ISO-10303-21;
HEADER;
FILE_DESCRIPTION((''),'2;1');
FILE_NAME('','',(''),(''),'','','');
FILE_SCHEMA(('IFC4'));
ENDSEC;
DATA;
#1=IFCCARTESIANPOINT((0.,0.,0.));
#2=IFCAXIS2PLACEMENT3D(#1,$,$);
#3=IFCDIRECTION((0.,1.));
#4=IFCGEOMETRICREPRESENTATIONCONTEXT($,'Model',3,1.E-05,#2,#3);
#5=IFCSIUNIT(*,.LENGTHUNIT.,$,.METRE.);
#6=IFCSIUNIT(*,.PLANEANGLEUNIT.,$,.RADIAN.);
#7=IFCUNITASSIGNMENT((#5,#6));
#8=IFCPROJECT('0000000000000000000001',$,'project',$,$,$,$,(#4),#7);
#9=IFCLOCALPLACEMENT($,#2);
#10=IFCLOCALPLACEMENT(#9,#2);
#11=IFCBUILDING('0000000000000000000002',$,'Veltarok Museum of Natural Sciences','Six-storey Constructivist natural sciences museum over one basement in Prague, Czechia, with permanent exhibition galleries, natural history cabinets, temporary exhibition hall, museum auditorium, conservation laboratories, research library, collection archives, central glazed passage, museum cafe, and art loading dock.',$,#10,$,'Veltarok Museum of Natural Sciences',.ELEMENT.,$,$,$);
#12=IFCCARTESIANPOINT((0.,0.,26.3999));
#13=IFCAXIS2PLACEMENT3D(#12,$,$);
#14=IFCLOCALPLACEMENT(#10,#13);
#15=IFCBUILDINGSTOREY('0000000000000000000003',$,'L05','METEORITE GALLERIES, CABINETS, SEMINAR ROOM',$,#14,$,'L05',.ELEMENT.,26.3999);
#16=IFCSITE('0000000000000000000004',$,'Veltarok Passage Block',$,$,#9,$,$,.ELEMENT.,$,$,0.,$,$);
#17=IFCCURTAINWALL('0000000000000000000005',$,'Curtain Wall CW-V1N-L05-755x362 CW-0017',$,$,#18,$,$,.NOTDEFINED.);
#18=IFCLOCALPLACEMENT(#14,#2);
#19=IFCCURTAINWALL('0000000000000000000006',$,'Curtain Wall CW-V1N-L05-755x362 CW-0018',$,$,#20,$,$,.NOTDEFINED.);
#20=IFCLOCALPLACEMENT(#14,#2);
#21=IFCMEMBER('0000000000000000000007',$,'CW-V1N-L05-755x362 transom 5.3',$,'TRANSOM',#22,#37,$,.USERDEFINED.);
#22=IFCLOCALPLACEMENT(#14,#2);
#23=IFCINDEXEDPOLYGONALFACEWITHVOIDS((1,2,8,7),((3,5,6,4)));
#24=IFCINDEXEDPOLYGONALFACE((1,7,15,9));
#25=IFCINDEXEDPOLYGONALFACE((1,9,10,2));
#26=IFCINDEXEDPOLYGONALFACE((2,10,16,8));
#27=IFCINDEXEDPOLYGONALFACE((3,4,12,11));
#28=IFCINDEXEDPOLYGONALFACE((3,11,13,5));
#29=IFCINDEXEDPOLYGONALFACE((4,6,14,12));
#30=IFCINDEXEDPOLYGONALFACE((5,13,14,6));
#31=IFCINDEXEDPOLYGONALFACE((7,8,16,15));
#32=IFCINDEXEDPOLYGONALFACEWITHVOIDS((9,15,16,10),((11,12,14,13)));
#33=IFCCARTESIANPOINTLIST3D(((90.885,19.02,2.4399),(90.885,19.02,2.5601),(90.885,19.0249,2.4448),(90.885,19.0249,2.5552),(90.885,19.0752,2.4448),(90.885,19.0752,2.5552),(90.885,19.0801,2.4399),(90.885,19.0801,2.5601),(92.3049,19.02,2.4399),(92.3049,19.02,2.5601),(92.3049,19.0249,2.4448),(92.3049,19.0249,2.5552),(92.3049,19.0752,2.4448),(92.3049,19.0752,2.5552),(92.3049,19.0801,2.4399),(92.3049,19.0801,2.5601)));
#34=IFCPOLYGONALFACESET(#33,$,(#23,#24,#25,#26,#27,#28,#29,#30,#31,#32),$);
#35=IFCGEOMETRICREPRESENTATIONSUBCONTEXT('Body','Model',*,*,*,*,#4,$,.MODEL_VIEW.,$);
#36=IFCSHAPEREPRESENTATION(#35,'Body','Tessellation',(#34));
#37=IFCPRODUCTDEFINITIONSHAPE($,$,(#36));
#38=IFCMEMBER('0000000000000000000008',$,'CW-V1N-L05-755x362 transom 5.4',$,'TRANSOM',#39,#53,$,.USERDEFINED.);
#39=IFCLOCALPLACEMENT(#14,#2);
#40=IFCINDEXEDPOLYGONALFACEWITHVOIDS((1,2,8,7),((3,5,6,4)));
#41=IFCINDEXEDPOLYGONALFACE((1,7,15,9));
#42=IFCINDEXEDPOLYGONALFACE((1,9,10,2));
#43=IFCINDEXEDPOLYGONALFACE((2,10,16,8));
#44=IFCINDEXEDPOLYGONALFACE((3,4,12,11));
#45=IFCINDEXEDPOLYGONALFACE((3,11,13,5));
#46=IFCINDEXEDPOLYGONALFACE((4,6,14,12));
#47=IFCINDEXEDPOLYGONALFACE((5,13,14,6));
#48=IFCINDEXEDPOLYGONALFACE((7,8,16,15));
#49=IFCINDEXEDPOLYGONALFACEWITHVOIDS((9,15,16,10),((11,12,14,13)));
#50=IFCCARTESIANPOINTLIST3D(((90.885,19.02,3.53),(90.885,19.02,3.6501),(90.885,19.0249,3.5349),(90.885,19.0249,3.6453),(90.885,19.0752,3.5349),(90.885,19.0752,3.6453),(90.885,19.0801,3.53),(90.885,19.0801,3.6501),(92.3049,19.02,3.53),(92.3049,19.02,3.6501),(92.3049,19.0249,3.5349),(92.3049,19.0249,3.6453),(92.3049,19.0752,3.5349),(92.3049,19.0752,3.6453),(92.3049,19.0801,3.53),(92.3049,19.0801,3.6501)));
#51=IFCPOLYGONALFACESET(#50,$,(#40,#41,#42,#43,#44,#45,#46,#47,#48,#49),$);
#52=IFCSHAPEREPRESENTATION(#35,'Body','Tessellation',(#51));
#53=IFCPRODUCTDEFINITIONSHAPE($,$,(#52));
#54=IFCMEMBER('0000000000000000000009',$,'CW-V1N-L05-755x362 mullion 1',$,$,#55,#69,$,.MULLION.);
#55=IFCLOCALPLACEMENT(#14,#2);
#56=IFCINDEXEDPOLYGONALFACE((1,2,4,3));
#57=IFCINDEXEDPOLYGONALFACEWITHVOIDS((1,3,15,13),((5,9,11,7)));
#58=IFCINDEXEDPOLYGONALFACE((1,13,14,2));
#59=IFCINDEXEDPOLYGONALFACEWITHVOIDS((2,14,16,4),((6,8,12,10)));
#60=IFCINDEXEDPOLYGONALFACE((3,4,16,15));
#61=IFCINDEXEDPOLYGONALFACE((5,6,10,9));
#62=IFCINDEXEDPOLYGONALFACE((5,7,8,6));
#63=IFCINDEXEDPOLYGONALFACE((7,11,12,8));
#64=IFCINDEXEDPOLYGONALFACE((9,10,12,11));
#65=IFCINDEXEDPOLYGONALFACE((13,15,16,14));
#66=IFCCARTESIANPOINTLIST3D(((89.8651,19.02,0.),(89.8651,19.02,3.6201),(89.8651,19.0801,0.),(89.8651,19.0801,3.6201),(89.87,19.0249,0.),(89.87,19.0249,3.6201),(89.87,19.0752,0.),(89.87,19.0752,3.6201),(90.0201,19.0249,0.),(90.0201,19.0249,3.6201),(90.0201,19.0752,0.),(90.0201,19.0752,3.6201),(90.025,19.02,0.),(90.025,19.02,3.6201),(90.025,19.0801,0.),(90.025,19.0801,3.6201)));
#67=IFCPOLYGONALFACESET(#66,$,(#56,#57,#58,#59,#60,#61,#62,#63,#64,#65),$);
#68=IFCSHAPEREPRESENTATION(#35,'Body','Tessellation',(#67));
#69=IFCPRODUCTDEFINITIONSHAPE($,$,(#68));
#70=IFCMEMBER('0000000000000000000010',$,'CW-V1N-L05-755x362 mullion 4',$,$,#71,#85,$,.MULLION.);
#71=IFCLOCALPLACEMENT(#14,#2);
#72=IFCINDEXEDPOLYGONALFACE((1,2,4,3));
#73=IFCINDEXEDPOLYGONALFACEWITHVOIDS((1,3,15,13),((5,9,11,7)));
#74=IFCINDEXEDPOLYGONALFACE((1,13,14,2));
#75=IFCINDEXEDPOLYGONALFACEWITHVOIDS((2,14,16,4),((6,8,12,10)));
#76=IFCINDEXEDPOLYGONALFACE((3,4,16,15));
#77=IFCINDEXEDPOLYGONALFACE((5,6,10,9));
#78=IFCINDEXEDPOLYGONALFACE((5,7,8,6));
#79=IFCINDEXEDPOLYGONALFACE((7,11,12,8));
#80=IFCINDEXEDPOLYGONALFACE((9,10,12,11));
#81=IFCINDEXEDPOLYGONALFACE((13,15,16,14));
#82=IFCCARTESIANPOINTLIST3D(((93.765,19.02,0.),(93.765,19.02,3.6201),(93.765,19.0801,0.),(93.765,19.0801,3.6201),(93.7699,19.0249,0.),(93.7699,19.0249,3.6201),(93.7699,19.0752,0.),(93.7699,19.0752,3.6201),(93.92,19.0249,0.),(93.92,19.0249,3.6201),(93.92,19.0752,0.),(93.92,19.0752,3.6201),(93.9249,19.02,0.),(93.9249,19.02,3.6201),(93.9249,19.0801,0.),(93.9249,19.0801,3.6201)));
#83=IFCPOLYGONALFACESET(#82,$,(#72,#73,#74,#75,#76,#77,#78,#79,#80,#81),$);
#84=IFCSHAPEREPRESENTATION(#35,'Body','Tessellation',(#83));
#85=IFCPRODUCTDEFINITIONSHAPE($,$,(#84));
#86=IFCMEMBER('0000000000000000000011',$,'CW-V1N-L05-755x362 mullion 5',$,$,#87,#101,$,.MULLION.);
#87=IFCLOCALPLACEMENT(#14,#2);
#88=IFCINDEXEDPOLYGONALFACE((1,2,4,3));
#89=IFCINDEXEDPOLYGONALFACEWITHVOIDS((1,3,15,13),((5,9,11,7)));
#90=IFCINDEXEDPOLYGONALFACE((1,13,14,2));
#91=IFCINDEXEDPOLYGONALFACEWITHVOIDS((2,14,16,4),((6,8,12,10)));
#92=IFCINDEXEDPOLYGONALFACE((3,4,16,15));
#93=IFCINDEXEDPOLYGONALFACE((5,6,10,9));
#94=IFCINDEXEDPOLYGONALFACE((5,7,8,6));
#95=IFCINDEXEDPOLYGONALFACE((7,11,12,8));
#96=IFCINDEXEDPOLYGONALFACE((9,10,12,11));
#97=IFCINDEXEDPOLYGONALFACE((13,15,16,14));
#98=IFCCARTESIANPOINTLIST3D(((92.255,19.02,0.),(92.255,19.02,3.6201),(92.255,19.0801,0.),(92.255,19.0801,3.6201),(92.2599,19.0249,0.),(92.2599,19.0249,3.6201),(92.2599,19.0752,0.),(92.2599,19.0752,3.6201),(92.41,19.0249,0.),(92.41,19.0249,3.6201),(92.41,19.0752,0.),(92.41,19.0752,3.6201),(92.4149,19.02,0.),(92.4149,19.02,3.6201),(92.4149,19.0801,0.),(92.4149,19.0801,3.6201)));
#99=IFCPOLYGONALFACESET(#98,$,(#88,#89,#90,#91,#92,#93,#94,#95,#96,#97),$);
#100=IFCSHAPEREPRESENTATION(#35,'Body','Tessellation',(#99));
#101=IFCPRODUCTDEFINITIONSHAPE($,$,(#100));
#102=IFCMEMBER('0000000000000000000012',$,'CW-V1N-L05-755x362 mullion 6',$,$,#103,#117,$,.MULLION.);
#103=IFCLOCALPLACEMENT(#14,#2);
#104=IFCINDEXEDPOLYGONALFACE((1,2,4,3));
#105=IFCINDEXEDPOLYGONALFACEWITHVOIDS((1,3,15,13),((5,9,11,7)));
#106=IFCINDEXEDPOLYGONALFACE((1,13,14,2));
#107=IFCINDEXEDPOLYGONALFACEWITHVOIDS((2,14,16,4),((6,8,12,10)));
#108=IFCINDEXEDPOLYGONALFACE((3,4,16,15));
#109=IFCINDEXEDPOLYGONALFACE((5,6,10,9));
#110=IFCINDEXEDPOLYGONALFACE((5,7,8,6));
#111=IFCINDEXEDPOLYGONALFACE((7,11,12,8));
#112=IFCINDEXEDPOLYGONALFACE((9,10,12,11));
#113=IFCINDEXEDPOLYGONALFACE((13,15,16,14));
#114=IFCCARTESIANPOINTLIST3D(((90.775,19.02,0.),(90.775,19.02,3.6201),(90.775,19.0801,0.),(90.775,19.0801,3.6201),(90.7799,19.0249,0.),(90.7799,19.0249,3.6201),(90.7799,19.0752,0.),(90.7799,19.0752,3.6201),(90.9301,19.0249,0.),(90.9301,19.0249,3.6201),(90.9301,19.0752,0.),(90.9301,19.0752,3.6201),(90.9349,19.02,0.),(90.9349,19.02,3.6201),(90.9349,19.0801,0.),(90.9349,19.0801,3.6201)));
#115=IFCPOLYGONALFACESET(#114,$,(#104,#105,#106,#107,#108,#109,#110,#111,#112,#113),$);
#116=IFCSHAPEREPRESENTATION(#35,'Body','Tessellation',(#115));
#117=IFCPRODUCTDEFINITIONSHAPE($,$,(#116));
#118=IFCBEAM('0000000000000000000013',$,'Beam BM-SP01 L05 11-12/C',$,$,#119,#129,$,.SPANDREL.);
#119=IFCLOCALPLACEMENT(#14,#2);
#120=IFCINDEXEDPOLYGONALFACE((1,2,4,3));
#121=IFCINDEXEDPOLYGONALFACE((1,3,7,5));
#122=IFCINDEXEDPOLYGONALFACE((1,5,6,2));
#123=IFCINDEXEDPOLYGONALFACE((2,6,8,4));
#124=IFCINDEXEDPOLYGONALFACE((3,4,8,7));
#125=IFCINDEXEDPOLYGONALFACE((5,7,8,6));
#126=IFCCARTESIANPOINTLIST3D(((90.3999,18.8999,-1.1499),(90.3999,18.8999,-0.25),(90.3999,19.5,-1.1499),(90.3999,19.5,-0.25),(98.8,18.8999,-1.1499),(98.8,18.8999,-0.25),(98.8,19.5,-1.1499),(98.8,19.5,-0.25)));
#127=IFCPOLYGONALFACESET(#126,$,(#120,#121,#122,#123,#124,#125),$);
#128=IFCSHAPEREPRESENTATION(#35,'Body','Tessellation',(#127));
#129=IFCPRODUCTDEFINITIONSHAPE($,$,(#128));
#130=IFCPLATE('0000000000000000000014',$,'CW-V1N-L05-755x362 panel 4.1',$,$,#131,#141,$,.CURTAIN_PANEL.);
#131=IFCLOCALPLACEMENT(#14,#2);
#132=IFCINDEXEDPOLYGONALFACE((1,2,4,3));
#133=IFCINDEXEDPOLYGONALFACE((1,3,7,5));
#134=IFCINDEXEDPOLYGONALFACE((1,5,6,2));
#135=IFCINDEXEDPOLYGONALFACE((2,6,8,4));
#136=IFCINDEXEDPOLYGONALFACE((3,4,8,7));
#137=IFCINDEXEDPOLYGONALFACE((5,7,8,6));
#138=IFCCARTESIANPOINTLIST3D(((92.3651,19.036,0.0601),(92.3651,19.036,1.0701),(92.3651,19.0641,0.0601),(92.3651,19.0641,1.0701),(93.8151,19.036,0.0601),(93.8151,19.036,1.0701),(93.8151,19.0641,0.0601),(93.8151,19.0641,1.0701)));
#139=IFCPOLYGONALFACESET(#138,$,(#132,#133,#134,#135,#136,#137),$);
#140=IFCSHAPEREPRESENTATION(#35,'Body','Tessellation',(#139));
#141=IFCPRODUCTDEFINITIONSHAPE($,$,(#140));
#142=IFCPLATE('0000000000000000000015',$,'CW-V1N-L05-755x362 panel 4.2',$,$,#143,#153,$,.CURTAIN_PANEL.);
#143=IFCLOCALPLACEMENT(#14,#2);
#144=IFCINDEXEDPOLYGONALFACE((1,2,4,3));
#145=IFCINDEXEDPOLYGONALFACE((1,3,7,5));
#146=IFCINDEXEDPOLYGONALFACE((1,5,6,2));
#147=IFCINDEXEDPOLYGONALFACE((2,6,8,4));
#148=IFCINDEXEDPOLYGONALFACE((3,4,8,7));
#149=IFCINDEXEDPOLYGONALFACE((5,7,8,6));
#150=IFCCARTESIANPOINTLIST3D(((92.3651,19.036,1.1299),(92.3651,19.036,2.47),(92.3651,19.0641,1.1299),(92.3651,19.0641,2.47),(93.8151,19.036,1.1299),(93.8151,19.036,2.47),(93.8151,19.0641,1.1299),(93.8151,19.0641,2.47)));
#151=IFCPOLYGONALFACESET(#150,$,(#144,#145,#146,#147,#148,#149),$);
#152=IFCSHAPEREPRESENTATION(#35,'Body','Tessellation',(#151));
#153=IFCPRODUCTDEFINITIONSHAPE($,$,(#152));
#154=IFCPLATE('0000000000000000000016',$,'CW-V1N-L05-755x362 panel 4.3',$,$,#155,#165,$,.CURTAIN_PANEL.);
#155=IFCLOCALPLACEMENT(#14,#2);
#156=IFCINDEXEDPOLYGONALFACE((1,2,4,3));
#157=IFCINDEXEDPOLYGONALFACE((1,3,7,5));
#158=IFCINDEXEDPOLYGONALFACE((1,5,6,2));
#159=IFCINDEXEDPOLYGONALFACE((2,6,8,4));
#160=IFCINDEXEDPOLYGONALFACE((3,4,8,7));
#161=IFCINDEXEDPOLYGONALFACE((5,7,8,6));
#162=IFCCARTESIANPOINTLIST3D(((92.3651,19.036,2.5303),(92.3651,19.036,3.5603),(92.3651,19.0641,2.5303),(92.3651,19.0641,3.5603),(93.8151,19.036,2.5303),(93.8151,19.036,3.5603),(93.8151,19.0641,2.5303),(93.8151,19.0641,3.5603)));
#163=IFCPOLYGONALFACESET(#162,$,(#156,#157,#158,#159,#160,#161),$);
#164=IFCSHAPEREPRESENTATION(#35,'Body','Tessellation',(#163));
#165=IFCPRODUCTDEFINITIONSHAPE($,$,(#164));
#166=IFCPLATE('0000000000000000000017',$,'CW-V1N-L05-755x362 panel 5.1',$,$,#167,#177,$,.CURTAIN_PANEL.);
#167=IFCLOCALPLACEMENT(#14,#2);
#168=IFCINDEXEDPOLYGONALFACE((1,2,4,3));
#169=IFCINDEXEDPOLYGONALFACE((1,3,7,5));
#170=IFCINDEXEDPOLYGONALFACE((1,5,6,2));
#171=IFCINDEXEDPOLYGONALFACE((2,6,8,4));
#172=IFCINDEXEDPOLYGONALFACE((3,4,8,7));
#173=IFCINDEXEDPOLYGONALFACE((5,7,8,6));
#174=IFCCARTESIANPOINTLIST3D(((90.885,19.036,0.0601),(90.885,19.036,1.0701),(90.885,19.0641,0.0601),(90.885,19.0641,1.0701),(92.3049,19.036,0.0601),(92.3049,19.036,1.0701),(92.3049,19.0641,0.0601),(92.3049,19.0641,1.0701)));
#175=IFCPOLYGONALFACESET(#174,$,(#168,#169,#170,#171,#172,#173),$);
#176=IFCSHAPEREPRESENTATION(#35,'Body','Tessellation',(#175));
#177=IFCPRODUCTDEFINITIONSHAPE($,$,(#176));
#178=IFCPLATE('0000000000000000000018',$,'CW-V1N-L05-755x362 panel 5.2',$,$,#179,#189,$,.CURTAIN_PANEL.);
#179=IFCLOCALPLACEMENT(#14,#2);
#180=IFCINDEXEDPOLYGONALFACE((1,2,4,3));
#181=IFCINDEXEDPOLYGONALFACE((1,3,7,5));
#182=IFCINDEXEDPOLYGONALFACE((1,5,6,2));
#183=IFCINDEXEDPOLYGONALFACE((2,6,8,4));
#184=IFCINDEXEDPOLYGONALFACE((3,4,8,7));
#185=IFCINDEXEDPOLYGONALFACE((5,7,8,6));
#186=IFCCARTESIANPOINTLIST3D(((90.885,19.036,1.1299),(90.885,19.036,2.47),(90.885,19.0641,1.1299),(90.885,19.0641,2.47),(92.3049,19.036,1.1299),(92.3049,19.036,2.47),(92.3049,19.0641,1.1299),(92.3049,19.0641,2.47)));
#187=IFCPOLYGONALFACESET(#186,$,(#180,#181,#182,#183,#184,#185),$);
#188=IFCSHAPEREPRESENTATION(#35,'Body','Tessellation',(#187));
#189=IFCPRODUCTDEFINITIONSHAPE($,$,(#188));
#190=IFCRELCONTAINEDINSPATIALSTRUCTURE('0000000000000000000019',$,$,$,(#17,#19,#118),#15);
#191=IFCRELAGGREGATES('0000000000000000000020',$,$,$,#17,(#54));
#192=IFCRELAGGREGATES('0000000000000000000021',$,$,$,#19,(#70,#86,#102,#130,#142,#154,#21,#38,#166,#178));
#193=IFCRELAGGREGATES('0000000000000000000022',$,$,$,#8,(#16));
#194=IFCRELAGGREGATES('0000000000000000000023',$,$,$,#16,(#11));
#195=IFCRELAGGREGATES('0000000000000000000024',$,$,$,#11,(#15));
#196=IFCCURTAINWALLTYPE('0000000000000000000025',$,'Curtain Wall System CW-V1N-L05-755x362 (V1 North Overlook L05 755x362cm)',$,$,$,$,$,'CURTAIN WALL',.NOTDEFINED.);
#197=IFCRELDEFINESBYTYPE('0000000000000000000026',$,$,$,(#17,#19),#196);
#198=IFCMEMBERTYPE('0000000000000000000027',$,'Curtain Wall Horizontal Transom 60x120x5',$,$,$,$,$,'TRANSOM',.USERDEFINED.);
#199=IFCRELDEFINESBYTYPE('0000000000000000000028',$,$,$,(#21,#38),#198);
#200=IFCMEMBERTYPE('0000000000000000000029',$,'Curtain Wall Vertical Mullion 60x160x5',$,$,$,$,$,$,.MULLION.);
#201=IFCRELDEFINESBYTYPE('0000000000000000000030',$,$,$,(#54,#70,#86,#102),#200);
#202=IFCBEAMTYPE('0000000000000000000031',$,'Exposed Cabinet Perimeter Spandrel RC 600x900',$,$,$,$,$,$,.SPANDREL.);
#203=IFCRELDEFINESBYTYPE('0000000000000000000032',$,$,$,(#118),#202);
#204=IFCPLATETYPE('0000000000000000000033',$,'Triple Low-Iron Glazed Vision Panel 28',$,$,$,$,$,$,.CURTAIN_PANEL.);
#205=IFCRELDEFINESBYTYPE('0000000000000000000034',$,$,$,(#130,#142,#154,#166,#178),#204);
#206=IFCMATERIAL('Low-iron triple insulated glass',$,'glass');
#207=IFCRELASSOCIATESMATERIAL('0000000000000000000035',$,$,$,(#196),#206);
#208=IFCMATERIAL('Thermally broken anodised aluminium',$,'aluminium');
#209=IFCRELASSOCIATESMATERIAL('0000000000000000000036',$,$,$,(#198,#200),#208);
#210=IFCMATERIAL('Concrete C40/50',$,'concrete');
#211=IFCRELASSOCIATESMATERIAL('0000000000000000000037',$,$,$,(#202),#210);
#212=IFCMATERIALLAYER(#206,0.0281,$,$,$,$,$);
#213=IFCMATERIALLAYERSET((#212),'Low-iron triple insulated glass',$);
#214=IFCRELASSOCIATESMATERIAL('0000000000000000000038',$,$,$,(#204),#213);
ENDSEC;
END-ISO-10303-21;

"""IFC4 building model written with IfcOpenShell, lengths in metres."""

from ifc_helpers import new_model, si_unit, direction, frame, origin, origin_2d, place, context, subcontext, project, spatial, rectangle, hollow_rectangle, extrude, material, layer, layer_set, material_profile, profile_set, type_object, element, aggregate, save


model = new_model("IFC4")

# Units and contexts
model_context = context("Model", 3, precision=1e-05, world=origin(), true_north=direction((0.0, 1.0)))
body_context = subcontext(model_context, "Body", "Model", "MODEL_VIEW")
ifc_project = project(units=[si_unit("LENGTHUNIT", "METRE"), si_unit("PLANEANGLEUNIT", "RADIAN")], contexts=[model_context])

# Site, building, storey
site_placement = place(None, origin())
site = spatial("IfcSite", under=ifc_project, at=site_placement, Name="Veltarok Passage Block", CompositionType="ELEMENT", RefElevation=0.0)
building_placement = place(site_placement, origin())
building = spatial("IfcBuilding", under=site, at=building_placement, Name="Veltarok Museum of Natural Sciences", Description="Six-storey Constructivist natural sciences museum over one basement in Prague, Czechia, with permanent exhibition galleries, natural history cabinets, temporary exhibition hall, museum auditorium, conservation laboratories, research library, collection archives, central glazed passage, museum cafe, and art loading dock.", LongName="Veltarok Museum of Natural Sciences", CompositionType="ELEMENT")
storey_placement = place(building_placement, frame((0.0, 0.0, 26.3999)))
storey = spatial("IfcBuildingStorey", under=building, at=storey_placement, Name="L05", Description="METEORITE GALLERIES, CABINETS, SEMINAR ROOM", LongName="L05", CompositionType="ELEMENT", Elevation=26.3999)

# Shared definitions
ifc_material_1 = material(Name="Concrete C40/50", Category="concrete")

# Curtain walls, members
ifc_material_2 = material(Name="Low-iron triple insulated glass", Category="glass")
curtain_wall_type = type_object("IfcCurtainWallType", Name="Curtain Wall System CW-V1N-L05-755x362 (V1 North Overlook L05 755x362cm)", ElementType="CURTAIN WALL", PredefinedType="NOTDEFINED", material=ifc_material_2)
curtain_wall_1_placement = place(storey_placement, origin())
curtain_wall_1 = element("IfcCurtainWall", 1, at=curtain_wall_1_placement, inside=storey, type_object=curtain_wall_type, Name="Curtain Wall CW-V1N-L05-755x362 CW-0017", PredefinedType="NOTDEFINED")
ifc_material_3 = material(Name="Thermally broken anodised aluminium", Category="aluminium")
ifc_material_profile_1 = material_profile(ifc_material_3, hollow_rectangle(XDim=0.0601, YDim=0.1201, WallThickness=0.0049, at=origin_2d()), Name="CW TRANSOM 60x120x5")
ifc_profile_set_1 = profile_set([ifc_material_profile_1], Name="Thermally broken anodised aluminium")
member_type_1 = type_object("IfcMemberType", Name="Curtain Wall Horizontal Transom 60x120x5", ElementType="TRANSOM", PredefinedType="USERDEFINED", material=ifc_profile_set_1)
curtain_wall_2_placement = place(storey_placement, origin())
curtain_wall_2 = element("IfcCurtainWall", 2, at=curtain_wall_2_placement, inside=storey, type_object=curtain_wall_type, Name="Curtain Wall CW-V1N-L05-755x362 CW-0018", PredefinedType="NOTDEFINED")
member_1_placement = place(storey_placement, frame((92.3049, 19.05, 2.5), z_axis=(-1.0, 0.0, 0.0), x_axis=(0.0, -1.0, 0.0)))
member_1 = element("IfcMember", 3, at=member_1_placement, type_object=member_type_1, Name="CW-V1N-L05-755x362 transom 5.3", ObjectType="TRANSOM", PredefinedType="USERDEFINED", context=body_context, shape_type="SweptSolid", body=[
    extrude(hollow_rectangle(XDim=0.0601, YDim=0.1201, WallThickness=0.0049, at=origin_2d()), origin(), (0.0, 0.0, 1.0), 1.4199),
])
member_2_placement = place(storey_placement, frame((92.3049, 19.05, 3.5901), z_axis=(-1.0, 0.0, 0.0), x_axis=(0.0, -1.0, 0.0)))
member_2 = element("IfcMember", 4, at=member_2_placement, type_object=member_type_1, Name="CW-V1N-L05-755x362 transom 5.4", ObjectType="TRANSOM", PredefinedType="USERDEFINED", context=body_context, shape_type="SweptSolid", body=[
    extrude(hollow_rectangle(XDim=0.0601, YDim=0.1201, WallThickness=0.0049, at=origin_2d()), origin(), (0.0, 0.0, 1.0), 1.4199),
])

# Members
ifc_material_profile_2 = material_profile(ifc_material_3, hollow_rectangle(XDim=0.0601, YDim=0.1599, WallThickness=0.0049, at=origin_2d()), Name="CW MULLION 60x160x5")
ifc_profile_set_2 = profile_set([ifc_material_profile_2], Name="Thermally broken anodised aluminium")
member_type_2 = type_object("IfcMemberType", Name="Curtain Wall Vertical Mullion 60x160x5", PredefinedType="MULLION", material=ifc_profile_set_2)
member_3_placement = place(storey_placement, frame((89.9451, 19.05, 0.0), z_axis=(0.0, 0.0, 1.0), x_axis=(0.0, -1.0, 0.0)))
member_3 = element("IfcMember", 5, at=member_3_placement, type_object=member_type_2, Name="CW-V1N-L05-755x362 mullion 1", PredefinedType="MULLION", context=body_context, shape_type="SweptSolid", body=[
    extrude(hollow_rectangle(XDim=0.0601, YDim=0.1599, WallThickness=0.0049, at=origin_2d()), origin(), (0.0, 0.0, 1.0), 3.6201),
])
aggregate(curtain_wall_1, [member_3])
member_4_placement = place(storey_placement, frame((93.845, 19.05, 0.0), z_axis=(0.0, 0.0, 1.0), x_axis=(0.0, -1.0, 0.0)))
member_4 = element("IfcMember", 6, at=member_4_placement, type_object=member_type_2, Name="CW-V1N-L05-755x362 mullion 4", PredefinedType="MULLION", context=body_context, shape_type="SweptSolid", body=[
    extrude(hollow_rectangle(XDim=0.0601, YDim=0.1599, WallThickness=0.0049, at=origin_2d()), origin(), (0.0, 0.0, 1.0), 3.6201),
])
member_5_placement = place(storey_placement, frame((92.335, 19.05, 0.0), z_axis=(0.0, 0.0, 1.0), x_axis=(0.0, -1.0, 0.0)))
member_5 = element("IfcMember", 7, at=member_5_placement, type_object=member_type_2, Name="CW-V1N-L05-755x362 mullion 5", PredefinedType="MULLION", context=body_context, shape_type="SweptSolid", body=[
    extrude(hollow_rectangle(XDim=0.0601, YDim=0.1599, WallThickness=0.0049, at=origin_2d()), origin(), (0.0, 0.0, 1.0), 3.6201),
])
member_6_placement = place(storey_placement, frame((90.855, 19.05, 0.0), z_axis=(0.0, 0.0, 1.0), x_axis=(0.0, -1.0, 0.0)))
member_6 = element("IfcMember", 8, at=member_6_placement, type_object=member_type_2, Name="CW-V1N-L05-755x362 mullion 6", PredefinedType="MULLION", context=body_context, shape_type="SweptSolid", body=[
    extrude(hollow_rectangle(XDim=0.0601, YDim=0.1599, WallThickness=0.0049, at=origin_2d()), origin(), (0.0, 0.0, 1.0), 3.6201),
])

# Beam
ifc_material_profile_3 = material_profile(ifc_material_1, rectangle(XDim=0.6001, YDim=0.8999, at=origin_2d()), Name="RC 600x900")
ifc_profile_set_3 = profile_set([ifc_material_profile_3], Name="Concrete C40/50")
beam_type = type_object("IfcBeamType", Name="Exposed Cabinet Perimeter Spandrel RC 600x900", PredefinedType="SPANDREL", material=ifc_profile_set_3)
beam_placement = place(storey_placement, frame((90.3999, 19.2, -0.7), z_axis=(1.0, 0.0, 0.0), x_axis=(0.0, 1.0, 0.0)))
element("IfcBeam", 9, at=beam_placement, inside=storey, type_object=beam_type, Name="Beam BM-SP01 L05 11-12/C", PredefinedType="SPANDREL", context=body_context, shape_type="SweptSolid", body=[
    extrude(rectangle(XDim=0.6001, YDim=0.8999, at=origin_2d()), origin(), (0.0, 0.0, 1.0), 8.4001),
])

# Plates
ifc_layer = layer(ifc_material_2, 0.0281)
ifc_layer_set = layer_set([ifc_layer], Name="Low-iron triple insulated glass")
plate_type = type_object("IfcPlateType", Name="Triple Low-Iron Glazed Vision Panel 28", PredefinedType="CURTAIN_PANEL", material=ifc_layer_set)
plate_1_placement = place(storey_placement, frame((93.0901, 19.05, 0.0601), z_axis=(0.0, 0.0, 1.0), x_axis=(-1.0, 0.0, 0.0)))
plate_1 = element("IfcPlate", 10, at=plate_1_placement, type_object=plate_type, Name="CW-V1N-L05-755x362 panel 4.1", PredefinedType="CURTAIN_PANEL", context=body_context, shape_type="SweptSolid", body=[
    extrude(rectangle(XDim=1.45, YDim=0.0281, at=origin_2d()), origin(), (0.0, 0.0, 1.0), 1.01),
])
plate_2_placement = place(storey_placement, frame((93.0901, 19.05, 1.1299), z_axis=(0.0, 0.0, 1.0), x_axis=(-1.0, 0.0, 0.0)))
plate_2 = element("IfcPlate", 11, at=plate_2_placement, type_object=plate_type, Name="CW-V1N-L05-755x362 panel 4.2", PredefinedType="CURTAIN_PANEL", context=body_context, shape_type="SweptSolid", body=[
    extrude(rectangle(XDim=1.45, YDim=0.0281, at=origin_2d()), origin(), (0.0, 0.0, 1.0), 1.3401),
])
plate_3_placement = place(storey_placement, frame((93.0901, 19.05, 2.5303), z_axis=(0.0, 0.0, 1.0), x_axis=(-1.0, 0.0, 0.0)))
plate_3 = element("IfcPlate", 12, at=plate_3_placement, type_object=plate_type, Name="CW-V1N-L05-755x362 panel 4.3", PredefinedType="CURTAIN_PANEL", context=body_context, shape_type="SweptSolid", body=[
    extrude(rectangle(XDim=1.45, YDim=0.0281, at=origin_2d()), origin(), (0.0, 0.0, 1.0), 1.03),
])
plate_4_placement = place(storey_placement, frame((91.595, 19.05, 0.0601), z_axis=(0.0, 0.0, 1.0), x_axis=(-1.0, 0.0, 0.0)))
plate_4 = element("IfcPlate", 13, at=plate_4_placement, type_object=plate_type, Name="CW-V1N-L05-755x362 panel 5.1", PredefinedType="CURTAIN_PANEL", context=body_context, shape_type="SweptSolid", body=[
    extrude(rectangle(XDim=1.4199, YDim=0.0281, at=origin_2d()), origin(), (0.0, 0.0, 1.0), 1.01),
])
plate_5_placement = place(storey_placement, frame((91.595, 19.05, 1.1299), z_axis=(0.0, 0.0, 1.0), x_axis=(-1.0, 0.0, 0.0)))
plate_5 = element("IfcPlate", 14, at=plate_5_placement, type_object=plate_type, Name="CW-V1N-L05-755x362 panel 5.2", PredefinedType="CURTAIN_PANEL", context=body_context, shape_type="SweptSolid", body=[
    extrude(rectangle(XDim=1.4199, YDim=0.0281, at=origin_2d()), origin(), (0.0, 0.0, 1.0), 1.3401),
])
aggregate(curtain_wall_2, [member_4, member_5, member_6, plate_1, plate_2, plate_3, member_1, member_2, plate_4, plate_5])

save(model, "model.ifc")
